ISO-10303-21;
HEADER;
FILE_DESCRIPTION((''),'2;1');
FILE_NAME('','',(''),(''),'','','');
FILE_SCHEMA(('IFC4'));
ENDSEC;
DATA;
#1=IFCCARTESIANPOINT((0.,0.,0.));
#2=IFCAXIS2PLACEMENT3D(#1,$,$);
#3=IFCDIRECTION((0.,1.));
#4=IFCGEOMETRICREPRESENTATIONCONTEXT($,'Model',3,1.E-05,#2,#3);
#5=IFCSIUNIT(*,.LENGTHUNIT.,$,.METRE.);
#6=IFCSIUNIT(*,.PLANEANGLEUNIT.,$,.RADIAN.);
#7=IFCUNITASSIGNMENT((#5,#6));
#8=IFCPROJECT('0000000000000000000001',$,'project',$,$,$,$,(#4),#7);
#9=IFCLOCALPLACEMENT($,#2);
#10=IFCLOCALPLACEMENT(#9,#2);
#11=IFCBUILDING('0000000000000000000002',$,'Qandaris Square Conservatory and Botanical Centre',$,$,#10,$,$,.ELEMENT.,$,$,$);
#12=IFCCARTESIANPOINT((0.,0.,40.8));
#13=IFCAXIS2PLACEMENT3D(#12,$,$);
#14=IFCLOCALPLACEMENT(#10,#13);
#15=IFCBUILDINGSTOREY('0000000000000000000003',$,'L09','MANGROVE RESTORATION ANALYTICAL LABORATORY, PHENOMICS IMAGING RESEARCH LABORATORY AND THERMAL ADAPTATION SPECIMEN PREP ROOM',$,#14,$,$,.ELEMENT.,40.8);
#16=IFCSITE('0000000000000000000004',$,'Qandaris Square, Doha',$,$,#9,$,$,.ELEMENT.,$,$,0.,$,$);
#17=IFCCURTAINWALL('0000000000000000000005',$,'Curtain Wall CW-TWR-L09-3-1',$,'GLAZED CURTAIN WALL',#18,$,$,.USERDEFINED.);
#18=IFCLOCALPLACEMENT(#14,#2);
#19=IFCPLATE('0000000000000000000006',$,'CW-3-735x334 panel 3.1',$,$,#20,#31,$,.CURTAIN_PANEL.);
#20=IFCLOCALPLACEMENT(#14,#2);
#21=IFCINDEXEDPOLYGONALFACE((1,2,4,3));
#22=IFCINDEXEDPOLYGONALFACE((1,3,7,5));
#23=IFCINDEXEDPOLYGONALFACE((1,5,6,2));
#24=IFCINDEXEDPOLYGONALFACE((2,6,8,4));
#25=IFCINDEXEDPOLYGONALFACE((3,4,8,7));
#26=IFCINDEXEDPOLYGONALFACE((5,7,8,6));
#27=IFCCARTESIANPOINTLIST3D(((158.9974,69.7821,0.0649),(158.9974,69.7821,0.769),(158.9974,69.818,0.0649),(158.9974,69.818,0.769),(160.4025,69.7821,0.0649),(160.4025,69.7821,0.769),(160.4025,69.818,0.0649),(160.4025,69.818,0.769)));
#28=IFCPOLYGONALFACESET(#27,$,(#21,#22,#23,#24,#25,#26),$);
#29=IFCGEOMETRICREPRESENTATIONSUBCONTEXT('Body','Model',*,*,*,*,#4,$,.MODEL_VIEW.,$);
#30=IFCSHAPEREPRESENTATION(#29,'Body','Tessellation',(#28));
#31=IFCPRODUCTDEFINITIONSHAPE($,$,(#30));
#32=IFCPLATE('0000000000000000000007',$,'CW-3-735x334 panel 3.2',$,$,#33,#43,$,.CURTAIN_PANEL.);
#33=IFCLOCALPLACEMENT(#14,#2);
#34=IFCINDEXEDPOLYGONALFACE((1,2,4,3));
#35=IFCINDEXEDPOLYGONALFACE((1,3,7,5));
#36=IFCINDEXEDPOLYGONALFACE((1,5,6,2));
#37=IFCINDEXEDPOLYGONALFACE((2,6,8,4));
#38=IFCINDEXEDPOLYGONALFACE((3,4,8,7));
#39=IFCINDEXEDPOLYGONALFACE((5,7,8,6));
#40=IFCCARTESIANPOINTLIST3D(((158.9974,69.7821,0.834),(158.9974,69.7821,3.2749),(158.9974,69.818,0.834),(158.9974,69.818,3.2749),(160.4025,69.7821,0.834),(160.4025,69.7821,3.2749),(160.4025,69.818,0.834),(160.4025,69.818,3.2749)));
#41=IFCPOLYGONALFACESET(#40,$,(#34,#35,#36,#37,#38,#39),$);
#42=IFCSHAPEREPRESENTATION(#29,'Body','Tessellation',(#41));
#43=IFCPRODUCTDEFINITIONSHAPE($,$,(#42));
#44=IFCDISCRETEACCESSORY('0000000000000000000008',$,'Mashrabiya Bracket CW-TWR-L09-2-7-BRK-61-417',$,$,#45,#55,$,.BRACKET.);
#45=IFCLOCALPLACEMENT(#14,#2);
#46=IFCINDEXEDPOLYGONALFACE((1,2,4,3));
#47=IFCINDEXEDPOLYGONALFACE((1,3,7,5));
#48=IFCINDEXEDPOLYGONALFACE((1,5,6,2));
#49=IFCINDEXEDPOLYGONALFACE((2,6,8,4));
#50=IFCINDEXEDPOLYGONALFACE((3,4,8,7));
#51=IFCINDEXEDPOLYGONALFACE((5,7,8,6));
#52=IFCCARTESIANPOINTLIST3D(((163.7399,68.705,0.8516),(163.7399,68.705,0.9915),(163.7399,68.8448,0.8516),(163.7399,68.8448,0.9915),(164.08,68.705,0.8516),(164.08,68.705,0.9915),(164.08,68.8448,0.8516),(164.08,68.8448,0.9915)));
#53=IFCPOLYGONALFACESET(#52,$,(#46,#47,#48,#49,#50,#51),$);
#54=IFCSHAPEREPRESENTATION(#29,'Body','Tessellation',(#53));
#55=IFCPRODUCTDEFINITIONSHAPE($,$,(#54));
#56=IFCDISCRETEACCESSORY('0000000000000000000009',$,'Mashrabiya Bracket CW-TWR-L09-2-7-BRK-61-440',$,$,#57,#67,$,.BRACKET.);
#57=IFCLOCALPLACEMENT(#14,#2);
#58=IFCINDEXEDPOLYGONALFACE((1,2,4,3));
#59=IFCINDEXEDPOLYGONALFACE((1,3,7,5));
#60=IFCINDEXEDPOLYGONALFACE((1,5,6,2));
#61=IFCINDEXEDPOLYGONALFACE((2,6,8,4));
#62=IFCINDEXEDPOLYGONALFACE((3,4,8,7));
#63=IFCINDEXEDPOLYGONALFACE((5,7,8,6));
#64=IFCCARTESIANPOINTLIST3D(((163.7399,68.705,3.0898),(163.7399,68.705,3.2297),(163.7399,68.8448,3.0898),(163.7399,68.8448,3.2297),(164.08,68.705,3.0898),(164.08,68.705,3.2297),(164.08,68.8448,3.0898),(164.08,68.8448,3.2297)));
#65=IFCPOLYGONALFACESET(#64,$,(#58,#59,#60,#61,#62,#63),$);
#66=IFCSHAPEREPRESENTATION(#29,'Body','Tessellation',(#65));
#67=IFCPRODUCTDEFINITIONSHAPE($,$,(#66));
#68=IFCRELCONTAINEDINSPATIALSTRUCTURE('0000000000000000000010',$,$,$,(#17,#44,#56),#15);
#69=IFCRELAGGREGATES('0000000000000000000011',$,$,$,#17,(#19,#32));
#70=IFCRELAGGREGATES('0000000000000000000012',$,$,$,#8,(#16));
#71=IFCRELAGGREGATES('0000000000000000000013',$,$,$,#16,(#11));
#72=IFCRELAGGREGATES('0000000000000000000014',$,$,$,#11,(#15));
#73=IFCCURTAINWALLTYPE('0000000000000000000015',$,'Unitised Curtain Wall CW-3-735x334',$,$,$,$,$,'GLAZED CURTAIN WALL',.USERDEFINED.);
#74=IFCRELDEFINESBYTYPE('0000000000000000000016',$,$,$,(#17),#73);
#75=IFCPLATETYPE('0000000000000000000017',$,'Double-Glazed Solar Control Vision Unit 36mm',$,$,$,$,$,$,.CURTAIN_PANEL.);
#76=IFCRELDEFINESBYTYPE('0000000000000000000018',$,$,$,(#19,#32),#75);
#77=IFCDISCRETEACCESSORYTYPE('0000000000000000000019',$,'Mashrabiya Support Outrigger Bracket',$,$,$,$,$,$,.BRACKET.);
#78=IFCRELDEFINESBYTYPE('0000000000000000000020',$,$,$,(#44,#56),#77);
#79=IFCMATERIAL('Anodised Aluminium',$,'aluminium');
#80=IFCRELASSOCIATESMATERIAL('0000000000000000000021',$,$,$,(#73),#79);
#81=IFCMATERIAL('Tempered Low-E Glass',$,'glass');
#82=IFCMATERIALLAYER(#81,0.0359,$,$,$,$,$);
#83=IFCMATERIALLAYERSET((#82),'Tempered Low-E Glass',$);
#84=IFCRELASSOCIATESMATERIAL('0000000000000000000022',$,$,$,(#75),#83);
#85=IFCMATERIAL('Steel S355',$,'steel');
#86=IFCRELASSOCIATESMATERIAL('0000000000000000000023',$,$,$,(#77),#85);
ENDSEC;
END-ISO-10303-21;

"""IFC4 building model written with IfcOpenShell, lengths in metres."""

from ifc_helpers import new_model, si_unit, direction, frame, origin, origin_2d, place, context, subcontext, project, spatial, rectangle, extrude, material, layer, layer_set, type_object, element, aggregate, save


model = new_model("IFC4")

# Units and contexts
model_context = context("Model", 3, precision=1e-05, world=origin(), true_north=direction((0.0, 1.0)))
body_context = subcontext(model_context, "Body", "Model", "MODEL_VIEW")
ifc_project = project(units=[si_unit("LENGTHUNIT", "METRE"), si_unit("PLANEANGLEUNIT", "RADIAN")], contexts=[model_context])

# Site, building, storey
site_placement = place(None, origin())
site = spatial("IfcSite", under=ifc_project, at=site_placement, Name="Qandaris Square, Doha", CompositionType="ELEMENT", RefElevation=0.0)
building_placement = place(site_placement, origin())
building = spatial("IfcBuilding", under=site, at=building_placement, Name="Qandaris Square Conservatory and Botanical Centre", CompositionType="ELEMENT")
storey_placement = place(building_placement, frame((0.0, 0.0, 40.8)))
storey = spatial("IfcBuildingStorey", under=building, at=storey_placement, Name="L09", Description="MANGROVE RESTORATION ANALYTICAL LABORATORY, PHENOMICS IMAGING RESEARCH LABORATORY AND THERMAL ADAPTATION SPECIMEN PREP ROOM", CompositionType="ELEMENT", Elevation=40.8)

# Curtain wall
ifc_material_1 = material(Name="Anodised Aluminium", Category="aluminium")
curtain_wall_type_1 = type_object("IfcCurtainWallType", Name="Unitised Curtain Wall CW-3-735x334", ElementType="GLAZED CURTAIN WALL", PredefinedType="USERDEFINED", material=ifc_material_1)
curtain_wall_1_placement = place(storey_placement, origin())
curtain_wall_1 = element("IfcCurtainWall", 1, at=curtain_wall_1_placement, inside=storey, type_object=curtain_wall_type_1, Name="Curtain Wall CW-TWR-L09-3-1", ObjectType="GLAZED CURTAIN WALL", PredefinedType="USERDEFINED")

# Plates
ifc_material_2 = material(Name="Tempered Low-E Glass", Category="glass")
ifc_layer = layer(ifc_material_2, 0.0359)
ifc_layer_set = layer_set([ifc_layer], Name="Tempered Low-E Glass")
plate_type = type_object("IfcPlateType", Name="Double-Glazed Solar Control Vision Unit 36mm", PredefinedType="CURTAIN_PANEL", material=ifc_layer_set)
plate_1_placement = place(storey_placement, frame((159.7, 69.8, 0.0649), z_axis=(0.0, 0.0, 1.0), x_axis=(-1.0, 0.0, 0.0)))
plate_1 = element("IfcPlate", 2, at=plate_1_placement, type_object=plate_type, Name="CW-3-735x334 panel 3.1", PredefinedType="CURTAIN_PANEL", context=body_context, shape_type="SweptSolid", body=[
    extrude(rectangle(XDim=1.405, YDim=0.0359, at=origin_2d()), origin(), (0.0, 0.0, 1.0), 0.7041),
])
plate_2_placement = place(storey_placement, frame((159.7, 69.8, 0.834), z_axis=(0.0, 0.0, 1.0), x_axis=(-1.0, 0.0, 0.0)))
plate_2 = element("IfcPlate", 3, at=plate_2_placement, type_object=plate_type, Name="CW-3-735x334 panel 3.2", PredefinedType="CURTAIN_PANEL", context=body_context, shape_type="SweptSolid", body=[
    extrude(rectangle(XDim=1.405, YDim=0.0359, at=origin_2d()), origin(), (0.0, 0.0, 1.0), 2.4409),
])
aggregate(curtain_wall_1, [plate_1, plate_2])

# Discrete accessories
ifc_material_3 = material(Name="Steel S355", Category="steel")
discrete_accessory_type = type_object("IfcDiscreteAccessoryType", Name="Mashrabiya Support Outrigger Bracket", PredefinedType="BRACKET", material=ifc_material_3)
for number, where, z_axis, x_axis, name in (
    (4, (163.9099, 68.7749, 0.8516), (0.0, 0.0, 1.0), (0.0, 1.0, 0.0), "Mashrabiya Bracket CW-TWR-L09-2-7-BRK-61-417"),
    (5, (163.9099, 68.7749, 3.0898), (0.0, 0.0, 1.0), (0.0, 1.0, 0.0), "Mashrabiya Bracket CW-TWR-L09-2-7-BRK-61-440"),
):
    element("IfcDiscreteAccessory", number, at=place(storey_placement, frame(where, z_axis=z_axis, x_axis=x_axis)), inside=storey, type_object=discrete_accessory_type, Name=name, PredefinedType="BRACKET", context=body_context, shape_type="SweptSolid", body=[
        extrude(rectangle(XDim=0.1399, YDim=0.3401, at=origin_2d()), origin(), (0.0, 0.0, 1.0), 0.1399),
    ])

save(model, "model.ifc")
